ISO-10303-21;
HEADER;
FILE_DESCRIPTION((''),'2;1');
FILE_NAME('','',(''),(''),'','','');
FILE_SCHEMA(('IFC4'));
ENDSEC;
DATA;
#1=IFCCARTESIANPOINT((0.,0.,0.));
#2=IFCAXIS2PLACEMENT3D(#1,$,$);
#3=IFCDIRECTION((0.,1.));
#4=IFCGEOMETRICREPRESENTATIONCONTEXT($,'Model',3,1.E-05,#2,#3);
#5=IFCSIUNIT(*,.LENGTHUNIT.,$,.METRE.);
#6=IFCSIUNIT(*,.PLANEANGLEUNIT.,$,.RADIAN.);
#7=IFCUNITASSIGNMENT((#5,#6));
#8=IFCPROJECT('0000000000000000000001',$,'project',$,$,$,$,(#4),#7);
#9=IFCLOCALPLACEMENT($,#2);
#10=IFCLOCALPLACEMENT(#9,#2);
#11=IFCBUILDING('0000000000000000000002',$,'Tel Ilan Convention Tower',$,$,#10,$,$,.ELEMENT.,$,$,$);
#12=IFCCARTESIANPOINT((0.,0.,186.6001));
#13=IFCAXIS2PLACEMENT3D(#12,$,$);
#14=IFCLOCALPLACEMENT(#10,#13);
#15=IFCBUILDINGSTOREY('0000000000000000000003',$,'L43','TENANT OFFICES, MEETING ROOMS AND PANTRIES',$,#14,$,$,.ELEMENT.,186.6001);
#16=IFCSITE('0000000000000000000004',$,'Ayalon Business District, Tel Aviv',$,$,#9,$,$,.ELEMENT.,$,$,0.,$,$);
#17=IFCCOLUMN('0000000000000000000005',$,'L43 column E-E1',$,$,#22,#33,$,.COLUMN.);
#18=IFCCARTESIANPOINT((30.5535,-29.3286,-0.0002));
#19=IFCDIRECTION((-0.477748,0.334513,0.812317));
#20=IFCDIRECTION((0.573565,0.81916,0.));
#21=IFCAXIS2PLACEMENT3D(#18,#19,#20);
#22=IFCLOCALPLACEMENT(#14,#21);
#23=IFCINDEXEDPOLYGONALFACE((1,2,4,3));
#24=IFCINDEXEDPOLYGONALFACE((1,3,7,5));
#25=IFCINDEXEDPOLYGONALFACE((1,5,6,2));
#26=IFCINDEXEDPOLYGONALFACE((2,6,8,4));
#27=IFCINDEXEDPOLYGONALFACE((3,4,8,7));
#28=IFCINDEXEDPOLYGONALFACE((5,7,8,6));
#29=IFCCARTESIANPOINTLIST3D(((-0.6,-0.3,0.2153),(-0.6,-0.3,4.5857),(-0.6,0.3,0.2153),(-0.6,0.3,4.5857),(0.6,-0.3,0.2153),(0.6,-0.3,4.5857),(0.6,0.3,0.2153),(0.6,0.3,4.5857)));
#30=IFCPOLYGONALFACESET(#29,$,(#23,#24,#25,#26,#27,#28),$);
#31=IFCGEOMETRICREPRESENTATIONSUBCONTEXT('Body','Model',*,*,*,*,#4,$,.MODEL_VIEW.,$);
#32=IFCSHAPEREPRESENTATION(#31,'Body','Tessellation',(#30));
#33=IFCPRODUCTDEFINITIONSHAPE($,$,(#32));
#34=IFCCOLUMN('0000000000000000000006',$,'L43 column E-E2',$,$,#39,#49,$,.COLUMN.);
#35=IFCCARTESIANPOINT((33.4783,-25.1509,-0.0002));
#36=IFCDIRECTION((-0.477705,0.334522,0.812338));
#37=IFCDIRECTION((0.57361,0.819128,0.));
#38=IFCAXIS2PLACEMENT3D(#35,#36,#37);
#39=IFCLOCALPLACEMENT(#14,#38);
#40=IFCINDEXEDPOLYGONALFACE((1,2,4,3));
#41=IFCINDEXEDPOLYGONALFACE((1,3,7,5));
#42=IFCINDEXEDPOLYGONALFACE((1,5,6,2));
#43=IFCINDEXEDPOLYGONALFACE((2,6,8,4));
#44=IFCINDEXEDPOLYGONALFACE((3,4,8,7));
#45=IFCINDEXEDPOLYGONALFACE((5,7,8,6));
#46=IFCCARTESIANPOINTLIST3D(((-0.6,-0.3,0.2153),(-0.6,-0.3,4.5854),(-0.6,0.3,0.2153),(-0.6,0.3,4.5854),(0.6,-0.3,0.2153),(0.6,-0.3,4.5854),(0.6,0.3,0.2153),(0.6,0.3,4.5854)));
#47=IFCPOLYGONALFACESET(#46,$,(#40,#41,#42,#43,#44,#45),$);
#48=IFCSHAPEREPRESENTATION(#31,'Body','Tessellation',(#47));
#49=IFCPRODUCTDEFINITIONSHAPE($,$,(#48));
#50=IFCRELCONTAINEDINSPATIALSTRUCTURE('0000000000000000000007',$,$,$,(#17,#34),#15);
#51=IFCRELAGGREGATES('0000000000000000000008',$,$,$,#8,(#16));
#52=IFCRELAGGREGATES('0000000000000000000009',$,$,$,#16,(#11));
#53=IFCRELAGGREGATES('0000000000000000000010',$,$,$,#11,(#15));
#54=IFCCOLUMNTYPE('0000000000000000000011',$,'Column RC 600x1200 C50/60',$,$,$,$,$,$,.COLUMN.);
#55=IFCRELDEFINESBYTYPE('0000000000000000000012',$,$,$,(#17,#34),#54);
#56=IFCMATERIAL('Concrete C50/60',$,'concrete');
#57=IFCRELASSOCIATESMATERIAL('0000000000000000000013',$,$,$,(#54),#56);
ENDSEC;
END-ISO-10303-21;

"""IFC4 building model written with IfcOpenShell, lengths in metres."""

from ifc_helpers import new_model, si_unit, direction, frame, origin, origin_2d, place, context, subcontext, project, spatial, rectangle, extrude, clip, halfspace, material, material_profile, profile_set, type_object, element, save


model = new_model("IFC4")

# Units and contexts
model_context = context("Model", 3, precision=1e-05, world=origin(), true_north=direction((0.0, 1.0)))
body_context = subcontext(model_context, "Body", "Model", "MODEL_VIEW")
ifc_project = project(units=[si_unit("LENGTHUNIT", "METRE"), si_unit("PLANEANGLEUNIT", "RADIAN")], contexts=[model_context])

# Site, building, storey
site_placement = place(None, origin())
site = spatial("IfcSite", under=ifc_project, at=site_placement, Name="Ayalon Business District, Tel Aviv", CompositionType="ELEMENT", RefElevation=0.0)
building_placement = place(site_placement, origin())
building = spatial("IfcBuilding", under=site, at=building_placement, Name="Tel Ilan Convention Tower", CompositionType="ELEMENT")
storey_placement = place(building_placement, frame((0.0, 0.0, 186.6001)))
storey = spatial("IfcBuildingStorey", under=building, at=storey_placement, Name="L43", Description="TENANT OFFICES, MEETING ROOMS AND PANTRIES", CompositionType="ELEMENT", Elevation=186.6001)

# Columns
ifc_material_1 = material(Name="Concrete C50/60", Category="concrete")
ifc_material_profile_1 = material_profile(ifc_material_1, rectangle(XDim=1.2, YDim=0.6001, at=origin_2d()), Name="RC 600x1200")
ifc_profile_set_1 = profile_set([ifc_material_profile_1], Name="Concrete C50/60")
column_type = type_object("IfcColumnType", Name="Column RC 600x1200 C50/60", PredefinedType="COLUMN", material=ifc_profile_set_1)
column_1_placement = place(storey_placement, frame((30.5535, -29.3286, -0.0002), z_axis=(-0.477748, 0.334513, 0.812317), x_axis=(0.573565, 0.81916, 0.0)))
element("IfcColumn", 1, at=column_1_placement, inside=storey, type_object=column_type, Name="L43 column E-E1", PredefinedType="COLUMN", context=body_context, shape_type="Clipping", body=[
    clip(clip(extrude(rectangle(XDim=1.2, YDim=0.6001, at=origin_2d()), origin(), (0.0, 0.0, 1.0), 4.801), halfspace(frame((0.0, 0.0, 0.2153), z_axis=(0.0, 0.0, 1.0), x_axis=(1.0, 0.0, 0.0)), True)), halfspace(frame((0.0, 0.0, 4.5857), z_axis=(0.0, 0.0, 1.0), x_axis=(1.0, 0.0, 0.0)), False)),
])
column_2_placement = place(storey_placement, frame((33.4783, -25.1509, -0.0002), z_axis=(-0.477705, 0.334522, 0.812338), x_axis=(0.57361, 0.819128, 0.0)))
element("IfcColumn", 2, at=column_2_placement, inside=storey, type_object=column_type, Name="L43 column E-E2", PredefinedType="COLUMN", context=body_context, shape_type="Clipping", body=[
    clip(clip(extrude(rectangle(XDim=1.2, YDim=0.6001, at=origin_2d()), origin(), (0.0, 0.0, 1.0), 4.801), halfspace(frame((0.0, 0.0, 0.2153), z_axis=(0.0, 0.0, 1.0), x_axis=(1.0, 0.0, 0.0)), True)), halfspace(frame((0.0, 0.0, 4.5854), z_axis=(0.0, 0.0, 1.0), x_axis=(1.0, 0.0, 0.0)), False)),
])

save(model, "model.ifc")
